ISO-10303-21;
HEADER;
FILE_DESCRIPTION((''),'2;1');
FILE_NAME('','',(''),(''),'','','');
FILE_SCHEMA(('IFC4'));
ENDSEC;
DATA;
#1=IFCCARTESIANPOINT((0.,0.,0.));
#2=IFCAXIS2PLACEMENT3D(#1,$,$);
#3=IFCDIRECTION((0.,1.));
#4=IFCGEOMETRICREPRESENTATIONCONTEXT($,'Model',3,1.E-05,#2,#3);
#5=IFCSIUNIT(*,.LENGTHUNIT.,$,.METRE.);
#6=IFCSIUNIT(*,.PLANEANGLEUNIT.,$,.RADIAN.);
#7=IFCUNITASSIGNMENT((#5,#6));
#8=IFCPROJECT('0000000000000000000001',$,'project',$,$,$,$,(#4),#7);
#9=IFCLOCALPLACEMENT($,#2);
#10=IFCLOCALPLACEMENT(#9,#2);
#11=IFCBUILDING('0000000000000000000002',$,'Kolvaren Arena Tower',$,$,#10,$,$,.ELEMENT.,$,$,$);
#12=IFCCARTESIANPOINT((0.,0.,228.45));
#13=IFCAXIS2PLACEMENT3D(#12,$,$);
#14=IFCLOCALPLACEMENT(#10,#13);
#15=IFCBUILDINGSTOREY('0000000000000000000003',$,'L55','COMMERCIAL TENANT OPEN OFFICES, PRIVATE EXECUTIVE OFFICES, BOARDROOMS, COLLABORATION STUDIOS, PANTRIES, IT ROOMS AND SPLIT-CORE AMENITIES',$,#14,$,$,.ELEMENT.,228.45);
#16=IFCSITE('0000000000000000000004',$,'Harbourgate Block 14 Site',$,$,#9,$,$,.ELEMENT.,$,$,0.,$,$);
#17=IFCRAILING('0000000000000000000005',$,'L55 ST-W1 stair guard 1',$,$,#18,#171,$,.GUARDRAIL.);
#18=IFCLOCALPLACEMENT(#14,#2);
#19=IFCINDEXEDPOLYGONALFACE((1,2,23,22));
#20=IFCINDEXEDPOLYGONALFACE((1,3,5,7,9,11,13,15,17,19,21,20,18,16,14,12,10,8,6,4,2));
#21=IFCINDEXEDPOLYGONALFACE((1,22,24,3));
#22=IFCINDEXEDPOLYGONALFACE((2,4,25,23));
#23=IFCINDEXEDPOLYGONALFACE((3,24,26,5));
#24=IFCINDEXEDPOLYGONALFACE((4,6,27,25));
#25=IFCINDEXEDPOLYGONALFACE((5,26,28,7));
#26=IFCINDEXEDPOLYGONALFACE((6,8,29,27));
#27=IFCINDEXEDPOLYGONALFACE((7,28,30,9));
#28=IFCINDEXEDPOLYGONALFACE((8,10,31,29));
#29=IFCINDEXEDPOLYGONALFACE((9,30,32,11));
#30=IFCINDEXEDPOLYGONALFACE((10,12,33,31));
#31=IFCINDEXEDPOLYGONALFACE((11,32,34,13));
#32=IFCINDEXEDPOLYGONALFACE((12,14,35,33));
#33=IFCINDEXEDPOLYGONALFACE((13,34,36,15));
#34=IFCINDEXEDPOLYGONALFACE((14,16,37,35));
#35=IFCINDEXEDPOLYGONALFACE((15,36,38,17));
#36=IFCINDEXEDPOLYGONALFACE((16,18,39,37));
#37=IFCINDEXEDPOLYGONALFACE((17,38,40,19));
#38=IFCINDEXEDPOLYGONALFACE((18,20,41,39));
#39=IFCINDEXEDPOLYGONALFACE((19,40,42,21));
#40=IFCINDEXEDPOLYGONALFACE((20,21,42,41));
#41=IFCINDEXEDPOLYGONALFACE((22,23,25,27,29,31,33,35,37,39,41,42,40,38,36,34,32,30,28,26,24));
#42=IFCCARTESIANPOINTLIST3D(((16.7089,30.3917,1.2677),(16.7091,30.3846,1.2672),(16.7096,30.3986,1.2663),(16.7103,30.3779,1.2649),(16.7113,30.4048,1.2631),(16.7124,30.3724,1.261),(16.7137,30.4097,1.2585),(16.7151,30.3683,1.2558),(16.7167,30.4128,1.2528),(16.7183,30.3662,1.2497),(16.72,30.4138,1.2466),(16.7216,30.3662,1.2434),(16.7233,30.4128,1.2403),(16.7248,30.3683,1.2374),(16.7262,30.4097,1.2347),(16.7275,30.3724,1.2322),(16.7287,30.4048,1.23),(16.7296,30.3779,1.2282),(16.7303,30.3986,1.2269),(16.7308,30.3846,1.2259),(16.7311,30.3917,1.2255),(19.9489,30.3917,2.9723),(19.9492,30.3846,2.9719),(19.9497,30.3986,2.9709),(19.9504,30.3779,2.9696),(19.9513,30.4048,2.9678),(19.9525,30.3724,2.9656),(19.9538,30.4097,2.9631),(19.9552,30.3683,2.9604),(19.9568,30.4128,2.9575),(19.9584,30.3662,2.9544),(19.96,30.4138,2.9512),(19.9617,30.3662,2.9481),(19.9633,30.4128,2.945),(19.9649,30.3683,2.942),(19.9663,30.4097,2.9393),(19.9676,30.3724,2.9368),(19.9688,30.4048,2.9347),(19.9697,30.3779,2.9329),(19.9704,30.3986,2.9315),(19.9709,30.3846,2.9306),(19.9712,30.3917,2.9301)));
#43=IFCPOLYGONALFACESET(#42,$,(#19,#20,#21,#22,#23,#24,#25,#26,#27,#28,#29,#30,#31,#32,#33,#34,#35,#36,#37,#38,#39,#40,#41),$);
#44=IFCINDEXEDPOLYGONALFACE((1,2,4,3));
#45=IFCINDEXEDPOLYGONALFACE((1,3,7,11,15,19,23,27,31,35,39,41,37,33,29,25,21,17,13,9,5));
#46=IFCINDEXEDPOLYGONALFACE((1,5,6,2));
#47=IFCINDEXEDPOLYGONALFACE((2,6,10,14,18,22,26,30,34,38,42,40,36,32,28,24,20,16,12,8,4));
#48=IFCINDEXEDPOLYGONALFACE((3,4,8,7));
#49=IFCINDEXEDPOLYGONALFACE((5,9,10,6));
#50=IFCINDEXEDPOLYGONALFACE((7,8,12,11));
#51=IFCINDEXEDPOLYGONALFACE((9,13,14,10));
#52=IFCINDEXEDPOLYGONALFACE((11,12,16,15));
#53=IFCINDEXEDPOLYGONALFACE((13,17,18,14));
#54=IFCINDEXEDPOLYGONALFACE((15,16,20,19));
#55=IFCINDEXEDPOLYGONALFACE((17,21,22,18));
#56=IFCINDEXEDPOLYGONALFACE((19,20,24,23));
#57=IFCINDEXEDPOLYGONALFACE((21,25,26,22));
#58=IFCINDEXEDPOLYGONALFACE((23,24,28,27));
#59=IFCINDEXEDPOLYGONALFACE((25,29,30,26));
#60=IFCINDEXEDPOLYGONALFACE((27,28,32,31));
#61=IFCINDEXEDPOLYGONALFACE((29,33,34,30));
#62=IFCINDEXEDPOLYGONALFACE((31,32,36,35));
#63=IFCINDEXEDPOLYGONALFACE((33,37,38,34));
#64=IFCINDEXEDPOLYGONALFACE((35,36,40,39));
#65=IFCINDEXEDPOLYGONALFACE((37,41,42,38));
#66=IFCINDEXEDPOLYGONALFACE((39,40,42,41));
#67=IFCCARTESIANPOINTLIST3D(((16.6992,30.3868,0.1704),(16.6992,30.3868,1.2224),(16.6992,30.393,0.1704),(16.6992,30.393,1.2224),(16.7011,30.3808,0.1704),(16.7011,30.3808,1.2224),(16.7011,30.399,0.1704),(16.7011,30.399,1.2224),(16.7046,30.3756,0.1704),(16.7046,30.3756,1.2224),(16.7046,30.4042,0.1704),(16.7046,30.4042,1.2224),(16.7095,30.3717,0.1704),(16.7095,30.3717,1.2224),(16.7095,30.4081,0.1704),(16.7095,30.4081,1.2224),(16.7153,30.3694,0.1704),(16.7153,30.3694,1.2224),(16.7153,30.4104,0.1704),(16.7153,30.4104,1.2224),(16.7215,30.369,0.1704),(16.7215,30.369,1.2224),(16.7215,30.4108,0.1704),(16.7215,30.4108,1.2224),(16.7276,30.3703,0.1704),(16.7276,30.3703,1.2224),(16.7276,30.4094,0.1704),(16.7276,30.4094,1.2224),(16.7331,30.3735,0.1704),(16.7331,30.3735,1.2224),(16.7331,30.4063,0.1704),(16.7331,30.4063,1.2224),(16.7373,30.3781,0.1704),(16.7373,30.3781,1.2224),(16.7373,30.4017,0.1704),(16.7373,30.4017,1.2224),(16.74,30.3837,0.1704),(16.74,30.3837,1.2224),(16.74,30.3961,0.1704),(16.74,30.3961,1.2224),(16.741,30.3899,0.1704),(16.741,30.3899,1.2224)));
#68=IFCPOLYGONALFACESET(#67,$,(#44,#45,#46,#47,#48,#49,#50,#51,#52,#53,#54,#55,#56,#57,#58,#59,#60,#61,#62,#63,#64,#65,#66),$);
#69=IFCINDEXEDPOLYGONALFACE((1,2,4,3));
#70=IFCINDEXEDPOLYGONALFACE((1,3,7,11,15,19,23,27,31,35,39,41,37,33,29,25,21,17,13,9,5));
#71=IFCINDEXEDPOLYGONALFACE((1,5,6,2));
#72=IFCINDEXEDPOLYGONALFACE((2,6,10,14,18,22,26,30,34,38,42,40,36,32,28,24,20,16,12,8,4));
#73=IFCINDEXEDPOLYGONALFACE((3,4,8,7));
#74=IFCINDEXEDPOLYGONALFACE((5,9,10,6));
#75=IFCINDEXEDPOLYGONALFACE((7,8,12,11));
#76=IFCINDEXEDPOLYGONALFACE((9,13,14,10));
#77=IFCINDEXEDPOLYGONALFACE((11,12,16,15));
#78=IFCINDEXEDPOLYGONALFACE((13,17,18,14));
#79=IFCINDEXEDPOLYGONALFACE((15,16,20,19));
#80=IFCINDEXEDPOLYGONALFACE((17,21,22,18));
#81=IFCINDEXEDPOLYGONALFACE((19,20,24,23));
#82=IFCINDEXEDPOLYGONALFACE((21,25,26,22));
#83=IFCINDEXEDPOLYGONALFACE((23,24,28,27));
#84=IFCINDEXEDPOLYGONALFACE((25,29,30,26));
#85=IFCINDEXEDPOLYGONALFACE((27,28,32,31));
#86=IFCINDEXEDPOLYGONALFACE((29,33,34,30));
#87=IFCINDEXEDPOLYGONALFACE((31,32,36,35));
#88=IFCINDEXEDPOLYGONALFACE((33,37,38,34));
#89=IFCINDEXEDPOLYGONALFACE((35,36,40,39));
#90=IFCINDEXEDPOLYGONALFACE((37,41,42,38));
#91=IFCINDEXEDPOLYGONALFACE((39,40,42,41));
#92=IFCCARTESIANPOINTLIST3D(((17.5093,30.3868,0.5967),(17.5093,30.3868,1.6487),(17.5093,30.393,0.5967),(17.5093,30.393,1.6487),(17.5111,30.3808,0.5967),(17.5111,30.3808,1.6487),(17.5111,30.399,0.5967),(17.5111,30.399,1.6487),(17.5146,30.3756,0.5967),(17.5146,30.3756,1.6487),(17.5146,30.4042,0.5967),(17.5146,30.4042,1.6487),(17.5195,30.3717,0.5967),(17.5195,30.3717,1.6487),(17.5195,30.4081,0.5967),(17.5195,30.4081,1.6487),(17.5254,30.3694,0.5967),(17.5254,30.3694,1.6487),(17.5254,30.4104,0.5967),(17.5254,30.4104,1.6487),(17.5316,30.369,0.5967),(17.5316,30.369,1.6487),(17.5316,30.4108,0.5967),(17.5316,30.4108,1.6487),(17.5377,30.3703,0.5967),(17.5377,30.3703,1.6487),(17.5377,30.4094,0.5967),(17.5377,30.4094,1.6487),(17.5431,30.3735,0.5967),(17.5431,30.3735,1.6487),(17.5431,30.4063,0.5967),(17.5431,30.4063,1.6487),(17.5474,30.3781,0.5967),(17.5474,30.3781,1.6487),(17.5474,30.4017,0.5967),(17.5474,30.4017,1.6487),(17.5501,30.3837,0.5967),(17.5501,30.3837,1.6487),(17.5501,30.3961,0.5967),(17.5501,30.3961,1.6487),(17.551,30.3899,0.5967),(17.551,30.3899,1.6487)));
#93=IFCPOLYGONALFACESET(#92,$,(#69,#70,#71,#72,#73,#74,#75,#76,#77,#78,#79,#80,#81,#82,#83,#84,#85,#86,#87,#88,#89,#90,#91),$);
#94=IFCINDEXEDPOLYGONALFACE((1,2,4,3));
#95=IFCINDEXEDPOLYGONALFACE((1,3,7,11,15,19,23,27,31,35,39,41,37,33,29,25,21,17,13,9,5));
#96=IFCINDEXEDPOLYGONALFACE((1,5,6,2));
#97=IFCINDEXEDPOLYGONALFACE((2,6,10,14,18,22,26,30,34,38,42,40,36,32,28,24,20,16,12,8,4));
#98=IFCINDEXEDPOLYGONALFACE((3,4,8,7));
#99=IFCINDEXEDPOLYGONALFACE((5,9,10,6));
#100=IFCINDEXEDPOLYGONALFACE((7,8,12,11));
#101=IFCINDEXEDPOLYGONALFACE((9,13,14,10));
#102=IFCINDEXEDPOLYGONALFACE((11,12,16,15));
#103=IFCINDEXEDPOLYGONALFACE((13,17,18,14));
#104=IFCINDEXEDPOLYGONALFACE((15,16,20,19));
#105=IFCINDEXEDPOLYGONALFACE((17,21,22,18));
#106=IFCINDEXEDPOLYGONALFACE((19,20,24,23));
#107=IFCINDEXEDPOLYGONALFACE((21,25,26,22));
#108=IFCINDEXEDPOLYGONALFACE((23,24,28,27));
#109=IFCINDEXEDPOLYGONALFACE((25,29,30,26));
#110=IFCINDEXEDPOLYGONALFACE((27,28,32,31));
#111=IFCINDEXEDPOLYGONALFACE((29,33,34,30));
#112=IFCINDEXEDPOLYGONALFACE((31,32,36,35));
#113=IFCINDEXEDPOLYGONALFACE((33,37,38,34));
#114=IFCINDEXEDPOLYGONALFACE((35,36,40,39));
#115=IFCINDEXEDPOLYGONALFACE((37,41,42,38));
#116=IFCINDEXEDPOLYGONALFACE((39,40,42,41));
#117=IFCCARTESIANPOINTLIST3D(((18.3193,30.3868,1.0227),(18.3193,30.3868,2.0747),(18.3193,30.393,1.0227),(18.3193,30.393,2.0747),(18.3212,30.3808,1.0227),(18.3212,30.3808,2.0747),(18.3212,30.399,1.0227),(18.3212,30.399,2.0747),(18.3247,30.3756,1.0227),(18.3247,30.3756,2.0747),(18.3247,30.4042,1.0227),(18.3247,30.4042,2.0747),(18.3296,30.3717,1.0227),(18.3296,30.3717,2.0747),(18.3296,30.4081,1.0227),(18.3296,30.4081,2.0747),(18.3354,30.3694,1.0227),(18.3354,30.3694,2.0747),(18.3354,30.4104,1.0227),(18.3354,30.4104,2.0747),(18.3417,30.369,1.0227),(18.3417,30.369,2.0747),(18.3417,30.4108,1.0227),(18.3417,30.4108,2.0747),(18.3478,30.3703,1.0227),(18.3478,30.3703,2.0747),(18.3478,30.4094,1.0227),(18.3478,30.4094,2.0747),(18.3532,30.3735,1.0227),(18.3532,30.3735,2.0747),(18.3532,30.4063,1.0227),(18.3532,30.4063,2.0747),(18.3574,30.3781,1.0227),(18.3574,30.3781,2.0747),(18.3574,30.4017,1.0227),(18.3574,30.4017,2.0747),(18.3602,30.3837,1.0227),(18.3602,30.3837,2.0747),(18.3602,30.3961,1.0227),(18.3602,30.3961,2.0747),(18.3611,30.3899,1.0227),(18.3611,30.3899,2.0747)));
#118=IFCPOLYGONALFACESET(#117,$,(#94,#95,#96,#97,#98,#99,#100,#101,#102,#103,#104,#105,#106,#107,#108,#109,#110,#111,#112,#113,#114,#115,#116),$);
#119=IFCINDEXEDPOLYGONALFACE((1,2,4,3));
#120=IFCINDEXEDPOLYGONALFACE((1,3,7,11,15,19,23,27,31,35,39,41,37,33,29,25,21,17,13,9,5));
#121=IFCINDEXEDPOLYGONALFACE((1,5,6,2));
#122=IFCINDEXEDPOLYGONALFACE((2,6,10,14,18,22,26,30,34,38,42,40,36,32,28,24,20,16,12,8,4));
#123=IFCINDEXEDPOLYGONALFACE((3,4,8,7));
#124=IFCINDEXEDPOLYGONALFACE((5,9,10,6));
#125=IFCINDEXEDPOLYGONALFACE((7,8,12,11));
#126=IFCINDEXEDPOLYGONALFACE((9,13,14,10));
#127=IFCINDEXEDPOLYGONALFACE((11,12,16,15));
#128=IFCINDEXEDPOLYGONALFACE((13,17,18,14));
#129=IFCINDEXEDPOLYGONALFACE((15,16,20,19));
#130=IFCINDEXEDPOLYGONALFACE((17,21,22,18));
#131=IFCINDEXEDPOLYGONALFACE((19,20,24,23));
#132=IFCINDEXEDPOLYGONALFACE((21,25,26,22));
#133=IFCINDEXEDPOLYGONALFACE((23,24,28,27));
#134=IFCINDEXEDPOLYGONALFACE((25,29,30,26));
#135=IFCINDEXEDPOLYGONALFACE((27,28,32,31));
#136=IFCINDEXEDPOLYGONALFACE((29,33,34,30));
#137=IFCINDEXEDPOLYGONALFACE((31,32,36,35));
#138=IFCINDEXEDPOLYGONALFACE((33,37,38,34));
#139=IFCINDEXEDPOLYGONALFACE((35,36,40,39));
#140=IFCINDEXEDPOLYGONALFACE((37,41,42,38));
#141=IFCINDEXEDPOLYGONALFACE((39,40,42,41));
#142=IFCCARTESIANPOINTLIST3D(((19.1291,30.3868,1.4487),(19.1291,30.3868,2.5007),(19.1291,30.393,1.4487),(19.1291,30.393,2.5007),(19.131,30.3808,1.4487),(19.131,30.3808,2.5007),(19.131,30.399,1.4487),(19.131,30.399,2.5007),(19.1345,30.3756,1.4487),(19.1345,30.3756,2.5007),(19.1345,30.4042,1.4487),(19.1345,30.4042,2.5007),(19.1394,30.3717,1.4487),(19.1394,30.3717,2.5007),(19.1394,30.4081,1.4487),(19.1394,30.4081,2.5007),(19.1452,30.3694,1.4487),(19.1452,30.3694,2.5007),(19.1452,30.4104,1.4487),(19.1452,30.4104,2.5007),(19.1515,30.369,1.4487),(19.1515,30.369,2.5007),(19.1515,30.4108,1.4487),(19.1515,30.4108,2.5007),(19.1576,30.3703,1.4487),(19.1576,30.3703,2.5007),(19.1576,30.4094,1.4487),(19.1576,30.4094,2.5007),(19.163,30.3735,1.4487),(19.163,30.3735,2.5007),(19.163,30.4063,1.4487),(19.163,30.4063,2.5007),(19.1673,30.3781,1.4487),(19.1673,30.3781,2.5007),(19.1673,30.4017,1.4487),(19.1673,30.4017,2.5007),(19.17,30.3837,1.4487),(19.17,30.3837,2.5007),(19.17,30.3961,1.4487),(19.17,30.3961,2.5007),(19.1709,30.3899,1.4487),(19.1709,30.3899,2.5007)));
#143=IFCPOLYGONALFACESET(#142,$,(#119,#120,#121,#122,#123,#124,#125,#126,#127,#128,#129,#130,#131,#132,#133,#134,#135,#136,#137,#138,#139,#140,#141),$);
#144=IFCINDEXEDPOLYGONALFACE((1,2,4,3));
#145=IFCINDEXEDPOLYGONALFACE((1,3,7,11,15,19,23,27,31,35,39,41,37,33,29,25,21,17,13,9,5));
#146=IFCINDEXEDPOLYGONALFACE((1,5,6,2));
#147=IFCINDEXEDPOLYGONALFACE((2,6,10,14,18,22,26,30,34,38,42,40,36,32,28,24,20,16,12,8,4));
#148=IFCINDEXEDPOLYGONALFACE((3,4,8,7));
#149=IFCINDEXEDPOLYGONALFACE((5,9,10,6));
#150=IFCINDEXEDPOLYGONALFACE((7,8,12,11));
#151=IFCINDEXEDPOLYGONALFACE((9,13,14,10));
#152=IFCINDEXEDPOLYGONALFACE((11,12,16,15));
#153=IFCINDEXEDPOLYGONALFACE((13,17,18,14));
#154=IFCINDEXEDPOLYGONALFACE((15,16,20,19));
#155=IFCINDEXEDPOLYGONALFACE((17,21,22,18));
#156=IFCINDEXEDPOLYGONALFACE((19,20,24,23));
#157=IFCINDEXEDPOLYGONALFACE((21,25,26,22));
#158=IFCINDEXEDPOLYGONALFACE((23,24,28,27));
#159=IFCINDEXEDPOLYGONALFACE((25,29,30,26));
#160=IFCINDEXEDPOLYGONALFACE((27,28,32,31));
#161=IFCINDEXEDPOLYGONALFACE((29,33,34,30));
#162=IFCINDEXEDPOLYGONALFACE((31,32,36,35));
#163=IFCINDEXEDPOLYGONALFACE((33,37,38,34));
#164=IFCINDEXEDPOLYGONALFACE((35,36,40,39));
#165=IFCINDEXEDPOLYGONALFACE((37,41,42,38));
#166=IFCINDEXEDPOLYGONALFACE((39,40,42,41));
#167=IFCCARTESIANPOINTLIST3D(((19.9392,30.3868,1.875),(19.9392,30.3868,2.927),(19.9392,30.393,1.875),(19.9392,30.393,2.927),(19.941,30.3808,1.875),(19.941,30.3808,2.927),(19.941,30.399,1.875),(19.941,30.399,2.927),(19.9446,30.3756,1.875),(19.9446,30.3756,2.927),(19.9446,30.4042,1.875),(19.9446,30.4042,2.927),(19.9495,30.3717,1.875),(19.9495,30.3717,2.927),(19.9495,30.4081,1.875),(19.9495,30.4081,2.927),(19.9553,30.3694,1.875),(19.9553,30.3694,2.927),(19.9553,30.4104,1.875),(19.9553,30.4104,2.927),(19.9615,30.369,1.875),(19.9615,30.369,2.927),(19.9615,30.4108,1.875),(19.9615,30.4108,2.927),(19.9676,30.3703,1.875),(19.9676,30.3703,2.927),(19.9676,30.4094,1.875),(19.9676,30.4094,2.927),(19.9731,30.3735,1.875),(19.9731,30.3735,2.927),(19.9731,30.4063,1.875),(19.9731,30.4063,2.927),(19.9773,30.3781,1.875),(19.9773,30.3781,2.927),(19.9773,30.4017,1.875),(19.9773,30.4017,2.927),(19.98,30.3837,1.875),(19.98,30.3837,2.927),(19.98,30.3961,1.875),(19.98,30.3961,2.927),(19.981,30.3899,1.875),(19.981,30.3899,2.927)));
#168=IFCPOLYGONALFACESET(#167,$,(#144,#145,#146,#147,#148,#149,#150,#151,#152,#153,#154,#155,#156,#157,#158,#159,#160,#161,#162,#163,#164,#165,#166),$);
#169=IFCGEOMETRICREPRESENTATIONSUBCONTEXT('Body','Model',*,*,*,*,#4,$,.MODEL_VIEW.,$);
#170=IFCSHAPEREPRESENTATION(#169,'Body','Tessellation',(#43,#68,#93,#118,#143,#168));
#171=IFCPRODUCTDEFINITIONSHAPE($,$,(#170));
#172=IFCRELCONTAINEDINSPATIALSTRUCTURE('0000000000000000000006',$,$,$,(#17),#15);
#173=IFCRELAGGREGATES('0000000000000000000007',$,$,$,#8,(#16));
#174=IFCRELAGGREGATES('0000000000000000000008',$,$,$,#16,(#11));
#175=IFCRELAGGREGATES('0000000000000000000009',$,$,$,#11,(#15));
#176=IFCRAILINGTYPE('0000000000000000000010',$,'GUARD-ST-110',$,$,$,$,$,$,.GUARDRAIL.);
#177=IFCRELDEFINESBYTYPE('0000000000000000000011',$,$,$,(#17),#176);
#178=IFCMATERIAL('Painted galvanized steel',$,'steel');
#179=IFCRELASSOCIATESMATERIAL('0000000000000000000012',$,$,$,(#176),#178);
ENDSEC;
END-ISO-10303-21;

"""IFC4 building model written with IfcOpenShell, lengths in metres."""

from ifc_helpers import new_model, si_unit, direction, frame, origin, origin_2d, place, context, subcontext, project, spatial, circle, extrude, material, type_object, element, save


model = new_model("IFC4")

# Units and contexts
model_context = context("Model", 3, precision=1e-05, world=origin(), true_north=direction((0.0, 1.0)))
body_context = subcontext(model_context, "Body", "Model", "MODEL_VIEW")
ifc_project = project(units=[si_unit("LENGTHUNIT", "METRE"), si_unit("PLANEANGLEUNIT", "RADIAN")], contexts=[model_context])

# Site, building, storey
site_placement = place(None, origin())
site = spatial("IfcSite", under=ifc_project, at=site_placement, Name="Harbourgate Block 14 Site", CompositionType="ELEMENT", RefElevation=0.0)
building_placement = place(site_placement, origin())
building = spatial("IfcBuilding", under=site, at=building_placement, Name="Kolvaren Arena Tower", CompositionType="ELEMENT")
storey_placement = place(building_placement, frame((0.0, 0.0, 228.45)))
storey = spatial("IfcBuildingStorey", under=building, at=storey_placement, Name="L55", Description="COMMERCIAL TENANT OPEN OFFICES, PRIVATE EXECUTIVE OFFICES, BOARDROOMS, COLLABORATION STUDIOS, PANTRIES, IT ROOMS AND SPLIT-CORE AMENITIES", CompositionType="ELEMENT", Elevation=228.45)

# Railing
ifc_material_1 = material(Name="Painted galvanized steel", Category="steel")
railing_type_1 = type_object("IfcRailingType", Name="GUARD-ST-110", PredefinedType="GUARDRAIL", material=ifc_material_1)
railing_1_placement = place(storey_placement, frame((16.72, 30.3899, 0.1704)))
element("IfcRailing", 1, at=railing_1_placement, inside=storey, type_object=railing_type_1, Name="L55 ST-W1 stair guard 1", PredefinedType="GUARDRAIL", context=body_context, shape_type="SweptSolid", body=[
    extrude(circle(Radius=0.0239, at=origin_2d()), frame((0.0, 0.0, 1.0762), z_axis=(0.884993, 0.0, 0.465604), x_axis=(0.0, 1.0, 0.0)), (0.0, 0.0, 1.0), 3.6611),
    extrude(circle(Radius=0.021, at=origin_2d()), origin(), (0.0, 0.0, 1.0), 1.052),
    extrude(circle(Radius=0.021, at=origin_2d()), frame((0.8101, 0.0, 0.4263)), (0.0, 0.0, 1.0), 1.052),
    extrude(circle(Radius=0.021, at=origin_2d()), frame((1.6201, 0.0, 0.8523)), (0.0, 0.0, 1.0), 1.052),
    extrude(circle(Radius=0.021, at=origin_2d()), frame((2.4299, 0.0, 1.2783)), (0.0, 0.0, 1.0), 1.052),
    extrude(circle(Radius=0.021, at=origin_2d()), frame((3.24, 0.0, 1.7046)), (0.0, 0.0, 1.0), 1.052),
])

save(model, "model.ifc")
